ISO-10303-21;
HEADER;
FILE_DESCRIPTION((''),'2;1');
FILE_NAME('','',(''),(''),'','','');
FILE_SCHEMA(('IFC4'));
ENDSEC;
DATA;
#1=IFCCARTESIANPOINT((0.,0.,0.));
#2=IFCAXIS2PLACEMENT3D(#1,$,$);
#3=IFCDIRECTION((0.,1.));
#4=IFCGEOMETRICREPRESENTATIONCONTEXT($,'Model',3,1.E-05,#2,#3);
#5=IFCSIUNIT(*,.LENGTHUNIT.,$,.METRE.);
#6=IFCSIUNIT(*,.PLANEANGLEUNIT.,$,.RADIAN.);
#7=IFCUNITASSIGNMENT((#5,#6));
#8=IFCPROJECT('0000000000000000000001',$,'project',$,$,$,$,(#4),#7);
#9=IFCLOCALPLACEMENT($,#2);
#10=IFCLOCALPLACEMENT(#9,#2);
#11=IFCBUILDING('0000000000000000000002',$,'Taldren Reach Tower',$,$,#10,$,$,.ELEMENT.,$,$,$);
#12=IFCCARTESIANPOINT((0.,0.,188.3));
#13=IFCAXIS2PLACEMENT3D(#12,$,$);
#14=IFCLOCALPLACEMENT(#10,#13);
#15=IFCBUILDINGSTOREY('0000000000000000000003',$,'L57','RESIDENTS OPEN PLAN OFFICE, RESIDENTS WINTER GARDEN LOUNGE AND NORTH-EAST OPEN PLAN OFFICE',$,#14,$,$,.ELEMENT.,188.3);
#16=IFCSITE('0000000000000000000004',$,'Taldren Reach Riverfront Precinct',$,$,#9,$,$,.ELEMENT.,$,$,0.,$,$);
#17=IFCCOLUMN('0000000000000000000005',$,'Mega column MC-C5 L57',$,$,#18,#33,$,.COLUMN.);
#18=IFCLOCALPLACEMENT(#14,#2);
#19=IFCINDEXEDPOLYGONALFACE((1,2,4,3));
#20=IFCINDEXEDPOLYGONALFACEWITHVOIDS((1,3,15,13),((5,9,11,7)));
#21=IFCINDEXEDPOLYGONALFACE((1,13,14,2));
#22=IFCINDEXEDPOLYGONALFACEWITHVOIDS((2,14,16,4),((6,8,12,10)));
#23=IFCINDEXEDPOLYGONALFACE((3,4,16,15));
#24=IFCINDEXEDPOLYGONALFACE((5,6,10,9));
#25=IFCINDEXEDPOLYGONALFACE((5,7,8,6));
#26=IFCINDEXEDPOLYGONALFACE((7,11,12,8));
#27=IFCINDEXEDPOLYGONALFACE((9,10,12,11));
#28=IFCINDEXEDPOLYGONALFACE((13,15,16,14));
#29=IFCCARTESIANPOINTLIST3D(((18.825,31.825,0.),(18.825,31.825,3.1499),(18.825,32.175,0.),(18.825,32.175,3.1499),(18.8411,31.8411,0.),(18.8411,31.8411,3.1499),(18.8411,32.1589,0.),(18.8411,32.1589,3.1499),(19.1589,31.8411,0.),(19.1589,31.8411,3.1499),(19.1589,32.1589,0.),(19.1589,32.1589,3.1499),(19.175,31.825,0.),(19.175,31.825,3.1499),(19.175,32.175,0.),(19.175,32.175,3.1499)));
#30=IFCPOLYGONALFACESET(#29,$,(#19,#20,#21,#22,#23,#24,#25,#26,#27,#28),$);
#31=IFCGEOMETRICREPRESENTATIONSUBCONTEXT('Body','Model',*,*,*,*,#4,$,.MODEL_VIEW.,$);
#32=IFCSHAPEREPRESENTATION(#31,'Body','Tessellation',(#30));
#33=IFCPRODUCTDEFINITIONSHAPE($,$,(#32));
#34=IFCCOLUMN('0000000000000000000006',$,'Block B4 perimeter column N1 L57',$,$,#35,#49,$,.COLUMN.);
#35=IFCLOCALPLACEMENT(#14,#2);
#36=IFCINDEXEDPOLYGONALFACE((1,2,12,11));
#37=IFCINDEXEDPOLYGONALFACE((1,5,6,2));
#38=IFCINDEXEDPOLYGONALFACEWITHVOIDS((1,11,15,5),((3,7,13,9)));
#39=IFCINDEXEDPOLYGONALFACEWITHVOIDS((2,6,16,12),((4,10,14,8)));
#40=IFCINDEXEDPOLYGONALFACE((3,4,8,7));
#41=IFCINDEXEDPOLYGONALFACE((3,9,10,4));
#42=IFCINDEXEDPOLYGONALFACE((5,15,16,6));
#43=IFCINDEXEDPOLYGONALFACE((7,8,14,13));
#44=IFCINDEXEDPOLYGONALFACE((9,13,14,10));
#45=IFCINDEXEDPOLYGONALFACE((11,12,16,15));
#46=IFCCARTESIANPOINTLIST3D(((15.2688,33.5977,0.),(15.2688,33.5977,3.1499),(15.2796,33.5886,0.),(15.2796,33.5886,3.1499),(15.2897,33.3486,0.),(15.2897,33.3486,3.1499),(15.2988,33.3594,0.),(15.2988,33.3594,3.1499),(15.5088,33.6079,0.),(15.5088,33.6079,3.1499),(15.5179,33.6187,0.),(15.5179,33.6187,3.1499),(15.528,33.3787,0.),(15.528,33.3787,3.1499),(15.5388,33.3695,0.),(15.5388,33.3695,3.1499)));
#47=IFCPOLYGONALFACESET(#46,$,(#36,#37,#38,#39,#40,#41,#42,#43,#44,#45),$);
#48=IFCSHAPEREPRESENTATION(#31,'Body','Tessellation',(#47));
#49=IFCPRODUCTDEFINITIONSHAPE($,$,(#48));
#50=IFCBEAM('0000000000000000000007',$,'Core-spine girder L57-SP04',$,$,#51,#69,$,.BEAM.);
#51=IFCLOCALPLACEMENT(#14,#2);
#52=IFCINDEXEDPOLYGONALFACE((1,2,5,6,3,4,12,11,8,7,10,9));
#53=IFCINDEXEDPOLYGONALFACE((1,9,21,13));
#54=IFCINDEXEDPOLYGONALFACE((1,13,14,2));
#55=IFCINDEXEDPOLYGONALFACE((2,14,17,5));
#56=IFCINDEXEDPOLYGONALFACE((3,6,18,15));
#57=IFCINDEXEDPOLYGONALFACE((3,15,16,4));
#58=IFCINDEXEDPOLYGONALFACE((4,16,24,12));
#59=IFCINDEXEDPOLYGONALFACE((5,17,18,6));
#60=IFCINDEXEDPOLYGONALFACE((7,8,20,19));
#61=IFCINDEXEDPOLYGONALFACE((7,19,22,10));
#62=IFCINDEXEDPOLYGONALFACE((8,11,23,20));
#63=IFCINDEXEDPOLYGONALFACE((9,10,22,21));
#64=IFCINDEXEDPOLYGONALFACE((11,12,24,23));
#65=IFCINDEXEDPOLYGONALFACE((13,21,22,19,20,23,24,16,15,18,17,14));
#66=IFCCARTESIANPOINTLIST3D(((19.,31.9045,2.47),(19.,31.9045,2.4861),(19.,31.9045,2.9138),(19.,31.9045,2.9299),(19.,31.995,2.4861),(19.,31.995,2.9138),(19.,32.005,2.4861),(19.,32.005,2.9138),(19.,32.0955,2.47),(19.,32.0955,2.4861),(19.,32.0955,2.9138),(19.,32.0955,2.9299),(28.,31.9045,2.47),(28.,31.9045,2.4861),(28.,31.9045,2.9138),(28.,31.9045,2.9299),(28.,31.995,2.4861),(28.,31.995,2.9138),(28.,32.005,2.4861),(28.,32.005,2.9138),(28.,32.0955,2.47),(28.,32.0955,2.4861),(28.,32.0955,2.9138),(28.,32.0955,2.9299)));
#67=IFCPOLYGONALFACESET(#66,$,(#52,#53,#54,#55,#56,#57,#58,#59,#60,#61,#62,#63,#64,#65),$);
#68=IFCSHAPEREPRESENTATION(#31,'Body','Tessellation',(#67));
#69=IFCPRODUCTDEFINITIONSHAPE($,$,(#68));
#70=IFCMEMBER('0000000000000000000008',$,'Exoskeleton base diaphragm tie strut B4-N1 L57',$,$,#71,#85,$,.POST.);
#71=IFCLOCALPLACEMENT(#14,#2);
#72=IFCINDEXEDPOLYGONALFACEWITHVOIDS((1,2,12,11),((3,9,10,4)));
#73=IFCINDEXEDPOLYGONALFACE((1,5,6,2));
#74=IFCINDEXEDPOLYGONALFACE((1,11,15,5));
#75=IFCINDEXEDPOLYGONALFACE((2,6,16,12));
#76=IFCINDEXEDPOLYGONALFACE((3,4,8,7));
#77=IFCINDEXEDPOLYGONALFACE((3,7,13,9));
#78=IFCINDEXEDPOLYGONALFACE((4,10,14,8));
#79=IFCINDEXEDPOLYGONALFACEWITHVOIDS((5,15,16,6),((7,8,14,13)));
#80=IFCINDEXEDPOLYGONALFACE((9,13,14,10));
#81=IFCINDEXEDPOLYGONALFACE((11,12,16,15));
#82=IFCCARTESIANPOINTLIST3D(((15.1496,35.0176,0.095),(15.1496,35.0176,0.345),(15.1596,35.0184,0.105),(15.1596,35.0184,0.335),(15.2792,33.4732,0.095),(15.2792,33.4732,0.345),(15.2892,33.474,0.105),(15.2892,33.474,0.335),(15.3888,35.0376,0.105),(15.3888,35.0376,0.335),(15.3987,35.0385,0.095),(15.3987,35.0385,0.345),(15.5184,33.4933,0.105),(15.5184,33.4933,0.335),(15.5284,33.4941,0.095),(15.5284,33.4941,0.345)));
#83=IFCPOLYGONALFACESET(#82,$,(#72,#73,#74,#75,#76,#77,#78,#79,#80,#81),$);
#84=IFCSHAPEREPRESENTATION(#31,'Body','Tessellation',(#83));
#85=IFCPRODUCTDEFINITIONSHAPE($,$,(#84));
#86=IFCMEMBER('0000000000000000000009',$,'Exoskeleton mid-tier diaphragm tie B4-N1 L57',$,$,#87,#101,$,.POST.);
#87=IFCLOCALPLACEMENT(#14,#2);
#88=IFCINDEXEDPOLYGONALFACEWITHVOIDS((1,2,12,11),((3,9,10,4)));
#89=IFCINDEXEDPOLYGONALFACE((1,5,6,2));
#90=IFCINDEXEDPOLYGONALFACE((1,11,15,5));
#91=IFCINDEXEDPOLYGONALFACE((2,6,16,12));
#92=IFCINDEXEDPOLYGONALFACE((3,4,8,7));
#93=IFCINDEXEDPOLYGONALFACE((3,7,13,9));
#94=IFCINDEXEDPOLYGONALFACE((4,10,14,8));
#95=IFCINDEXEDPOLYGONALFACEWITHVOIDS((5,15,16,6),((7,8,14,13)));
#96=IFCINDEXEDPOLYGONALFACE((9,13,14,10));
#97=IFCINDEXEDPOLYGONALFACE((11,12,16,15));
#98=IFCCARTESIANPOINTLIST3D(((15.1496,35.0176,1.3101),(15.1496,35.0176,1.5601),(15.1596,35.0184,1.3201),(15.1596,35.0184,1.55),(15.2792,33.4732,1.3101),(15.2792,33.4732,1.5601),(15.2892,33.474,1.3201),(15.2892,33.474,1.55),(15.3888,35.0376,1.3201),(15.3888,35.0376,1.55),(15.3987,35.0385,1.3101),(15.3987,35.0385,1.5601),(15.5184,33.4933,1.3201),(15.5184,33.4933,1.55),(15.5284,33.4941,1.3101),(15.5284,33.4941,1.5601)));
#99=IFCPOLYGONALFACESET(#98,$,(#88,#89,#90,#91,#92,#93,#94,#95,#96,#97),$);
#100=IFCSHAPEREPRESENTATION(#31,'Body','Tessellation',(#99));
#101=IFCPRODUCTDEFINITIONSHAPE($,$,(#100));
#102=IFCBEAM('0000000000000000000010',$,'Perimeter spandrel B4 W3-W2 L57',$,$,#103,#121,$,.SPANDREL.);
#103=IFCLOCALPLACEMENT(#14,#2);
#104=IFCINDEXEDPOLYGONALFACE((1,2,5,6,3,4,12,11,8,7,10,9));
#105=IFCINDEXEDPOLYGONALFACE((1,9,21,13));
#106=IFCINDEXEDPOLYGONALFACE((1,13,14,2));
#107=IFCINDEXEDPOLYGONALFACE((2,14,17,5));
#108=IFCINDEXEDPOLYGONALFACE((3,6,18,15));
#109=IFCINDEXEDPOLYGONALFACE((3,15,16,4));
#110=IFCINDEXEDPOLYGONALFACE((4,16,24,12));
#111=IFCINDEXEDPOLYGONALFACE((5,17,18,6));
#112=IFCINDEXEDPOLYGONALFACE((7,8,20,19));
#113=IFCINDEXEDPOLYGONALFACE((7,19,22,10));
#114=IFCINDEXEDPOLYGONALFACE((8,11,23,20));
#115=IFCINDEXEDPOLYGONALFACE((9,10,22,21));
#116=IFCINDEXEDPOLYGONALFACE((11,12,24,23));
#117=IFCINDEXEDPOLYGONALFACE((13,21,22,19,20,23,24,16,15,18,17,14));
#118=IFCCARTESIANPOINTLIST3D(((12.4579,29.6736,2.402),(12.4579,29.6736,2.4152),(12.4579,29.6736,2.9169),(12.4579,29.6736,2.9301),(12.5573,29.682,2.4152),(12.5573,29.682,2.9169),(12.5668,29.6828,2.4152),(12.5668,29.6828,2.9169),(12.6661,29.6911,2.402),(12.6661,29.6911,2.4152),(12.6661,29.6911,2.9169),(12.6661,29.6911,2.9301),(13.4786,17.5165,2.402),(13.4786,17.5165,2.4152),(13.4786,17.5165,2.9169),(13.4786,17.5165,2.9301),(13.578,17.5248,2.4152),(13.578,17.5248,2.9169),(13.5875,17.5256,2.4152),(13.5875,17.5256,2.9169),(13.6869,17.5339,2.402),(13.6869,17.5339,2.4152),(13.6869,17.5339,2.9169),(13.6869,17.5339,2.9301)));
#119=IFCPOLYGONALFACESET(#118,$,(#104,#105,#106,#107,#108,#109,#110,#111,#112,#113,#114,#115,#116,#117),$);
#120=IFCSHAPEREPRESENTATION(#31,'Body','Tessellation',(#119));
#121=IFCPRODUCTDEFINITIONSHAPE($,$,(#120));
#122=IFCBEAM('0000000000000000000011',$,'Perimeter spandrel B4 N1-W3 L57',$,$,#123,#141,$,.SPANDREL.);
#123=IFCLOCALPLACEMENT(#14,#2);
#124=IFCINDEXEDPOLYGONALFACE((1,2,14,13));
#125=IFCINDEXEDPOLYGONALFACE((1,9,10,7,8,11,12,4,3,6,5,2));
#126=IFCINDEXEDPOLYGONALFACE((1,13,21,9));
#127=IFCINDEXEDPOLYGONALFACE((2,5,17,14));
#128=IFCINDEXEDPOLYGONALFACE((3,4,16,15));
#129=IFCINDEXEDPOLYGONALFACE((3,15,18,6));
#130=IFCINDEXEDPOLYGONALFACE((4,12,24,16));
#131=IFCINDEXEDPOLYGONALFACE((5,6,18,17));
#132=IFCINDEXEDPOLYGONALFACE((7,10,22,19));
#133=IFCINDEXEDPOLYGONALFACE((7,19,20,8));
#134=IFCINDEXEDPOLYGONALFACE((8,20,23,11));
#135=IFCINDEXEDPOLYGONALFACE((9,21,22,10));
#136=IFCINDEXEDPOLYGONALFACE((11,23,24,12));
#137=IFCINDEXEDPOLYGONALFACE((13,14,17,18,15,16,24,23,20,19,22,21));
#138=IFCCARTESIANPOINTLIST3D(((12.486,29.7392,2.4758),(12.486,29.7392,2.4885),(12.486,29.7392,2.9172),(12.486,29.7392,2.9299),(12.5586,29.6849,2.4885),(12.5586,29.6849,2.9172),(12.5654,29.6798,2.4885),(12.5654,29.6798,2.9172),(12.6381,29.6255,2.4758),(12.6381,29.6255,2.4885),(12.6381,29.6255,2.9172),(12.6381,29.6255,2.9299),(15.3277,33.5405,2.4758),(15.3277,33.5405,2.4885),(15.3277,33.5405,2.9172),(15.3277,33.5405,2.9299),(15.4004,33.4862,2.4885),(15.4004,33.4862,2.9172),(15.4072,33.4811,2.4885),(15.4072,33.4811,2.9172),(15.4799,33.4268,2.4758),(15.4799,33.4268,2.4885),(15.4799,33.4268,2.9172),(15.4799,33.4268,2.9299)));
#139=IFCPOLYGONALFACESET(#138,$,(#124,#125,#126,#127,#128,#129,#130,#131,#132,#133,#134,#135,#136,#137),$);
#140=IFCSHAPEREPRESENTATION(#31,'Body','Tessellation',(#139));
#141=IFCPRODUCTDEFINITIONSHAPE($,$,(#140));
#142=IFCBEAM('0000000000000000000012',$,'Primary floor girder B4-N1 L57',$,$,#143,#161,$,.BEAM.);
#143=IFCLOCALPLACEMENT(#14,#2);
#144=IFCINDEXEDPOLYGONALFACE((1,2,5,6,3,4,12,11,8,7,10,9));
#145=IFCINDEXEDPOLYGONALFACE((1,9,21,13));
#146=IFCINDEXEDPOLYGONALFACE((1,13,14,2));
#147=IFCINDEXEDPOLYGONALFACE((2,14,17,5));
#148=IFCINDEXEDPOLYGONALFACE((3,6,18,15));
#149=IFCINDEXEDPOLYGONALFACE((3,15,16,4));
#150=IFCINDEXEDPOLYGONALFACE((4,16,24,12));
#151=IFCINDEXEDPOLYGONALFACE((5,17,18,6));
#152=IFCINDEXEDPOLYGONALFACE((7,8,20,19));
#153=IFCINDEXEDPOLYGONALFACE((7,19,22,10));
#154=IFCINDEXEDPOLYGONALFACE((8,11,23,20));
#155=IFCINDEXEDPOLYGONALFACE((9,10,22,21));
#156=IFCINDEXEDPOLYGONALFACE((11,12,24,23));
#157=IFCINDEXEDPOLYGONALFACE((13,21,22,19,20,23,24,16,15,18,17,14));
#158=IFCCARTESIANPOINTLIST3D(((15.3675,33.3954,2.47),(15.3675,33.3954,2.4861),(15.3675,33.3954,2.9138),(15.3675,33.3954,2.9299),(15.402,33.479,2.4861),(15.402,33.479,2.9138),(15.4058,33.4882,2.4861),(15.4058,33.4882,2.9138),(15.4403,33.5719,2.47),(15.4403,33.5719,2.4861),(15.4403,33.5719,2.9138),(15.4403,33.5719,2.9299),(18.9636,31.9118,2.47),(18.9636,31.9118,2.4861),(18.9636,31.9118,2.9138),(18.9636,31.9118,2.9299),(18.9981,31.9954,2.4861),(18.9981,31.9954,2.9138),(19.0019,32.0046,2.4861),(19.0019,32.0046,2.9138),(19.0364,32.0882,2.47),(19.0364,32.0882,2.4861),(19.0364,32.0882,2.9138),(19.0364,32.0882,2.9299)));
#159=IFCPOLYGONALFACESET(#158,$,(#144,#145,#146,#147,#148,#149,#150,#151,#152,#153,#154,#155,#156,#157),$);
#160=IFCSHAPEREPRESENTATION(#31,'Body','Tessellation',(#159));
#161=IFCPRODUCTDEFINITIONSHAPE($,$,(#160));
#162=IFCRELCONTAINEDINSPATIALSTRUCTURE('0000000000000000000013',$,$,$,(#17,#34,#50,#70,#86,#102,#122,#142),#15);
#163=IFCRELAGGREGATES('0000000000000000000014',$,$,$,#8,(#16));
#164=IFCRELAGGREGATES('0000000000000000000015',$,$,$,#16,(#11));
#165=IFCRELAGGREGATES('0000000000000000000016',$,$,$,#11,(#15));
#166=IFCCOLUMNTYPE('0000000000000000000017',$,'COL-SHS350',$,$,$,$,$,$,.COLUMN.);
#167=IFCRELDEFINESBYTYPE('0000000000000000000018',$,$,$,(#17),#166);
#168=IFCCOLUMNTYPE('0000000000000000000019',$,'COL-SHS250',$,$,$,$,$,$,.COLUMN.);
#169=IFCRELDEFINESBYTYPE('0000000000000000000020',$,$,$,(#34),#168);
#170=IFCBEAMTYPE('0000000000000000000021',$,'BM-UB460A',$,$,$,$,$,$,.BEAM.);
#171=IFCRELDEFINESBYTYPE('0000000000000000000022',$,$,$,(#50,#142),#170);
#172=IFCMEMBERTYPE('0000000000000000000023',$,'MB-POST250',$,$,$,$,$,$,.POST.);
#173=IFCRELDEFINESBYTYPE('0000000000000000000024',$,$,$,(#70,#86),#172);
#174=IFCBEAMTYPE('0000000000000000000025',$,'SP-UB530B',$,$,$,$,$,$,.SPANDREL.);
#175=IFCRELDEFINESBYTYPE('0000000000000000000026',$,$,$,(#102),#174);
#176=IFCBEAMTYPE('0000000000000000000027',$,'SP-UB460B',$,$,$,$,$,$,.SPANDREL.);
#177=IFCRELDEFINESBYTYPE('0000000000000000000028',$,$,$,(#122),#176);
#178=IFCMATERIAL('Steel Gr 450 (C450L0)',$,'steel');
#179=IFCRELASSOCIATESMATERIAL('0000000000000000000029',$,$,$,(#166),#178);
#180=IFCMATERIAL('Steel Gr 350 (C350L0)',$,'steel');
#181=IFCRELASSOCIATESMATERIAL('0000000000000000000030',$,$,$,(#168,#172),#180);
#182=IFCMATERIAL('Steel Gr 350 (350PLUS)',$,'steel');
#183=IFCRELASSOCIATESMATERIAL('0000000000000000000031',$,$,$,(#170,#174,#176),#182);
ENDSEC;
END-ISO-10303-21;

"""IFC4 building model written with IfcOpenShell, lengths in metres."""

from ifc_helpers import new_model, si_unit, direction, frame, origin, origin_2d, place, context, subcontext, project, spatial, hollow_rectangle, i_section, extrude, source, transform, mapped, material, material_profile, profile_set, type_object, element, save


model = new_model("IFC4")

# Units and contexts
model_context = context("Model", 3, precision=1e-05, world=origin(), true_north=direction((0.0, 1.0)))
body_context = subcontext(model_context, "Body", "Model", "MODEL_VIEW")
ifc_project = project(units=[si_unit("LENGTHUNIT", "METRE"), si_unit("PLANEANGLEUNIT", "RADIAN")], contexts=[model_context])

# Site, building, storey
site_placement = place(None, origin())
site = spatial("IfcSite", under=ifc_project, at=site_placement, Name="Taldren Reach Riverfront Precinct", CompositionType="ELEMENT", RefElevation=0.0)
building_placement = place(site_placement, origin())
building = spatial("IfcBuilding", under=site, at=building_placement, Name="Taldren Reach Tower", CompositionType="ELEMENT")
storey_placement = place(building_placement, frame((0.0, 0.0, 188.3)))
storey = spatial("IfcBuildingStorey", under=building, at=storey_placement, Name="L57", Description="RESIDENTS OPEN PLAN OFFICE, RESIDENTS WINTER GARDEN LOUNGE AND NORTH-EAST OPEN PLAN OFFICE", CompositionType="ELEMENT", Elevation=188.3)

# Columns
ifc_material_1 = material(Name="Steel Gr 450 (C450L0)", Category="steel")
ifc_material_profile_1 = material_profile(ifc_material_1, hollow_rectangle(XDim=0.3501, YDim=0.3501, WallThickness=0.0161, at=origin_2d()), Name="350x350x16.0SHS")
ifc_profile_set_1 = profile_set([ifc_material_profile_1], Name="Steel Gr 450 (C450L0)")
column_type_1 = type_object("IfcColumnType", Name="COL-SHS350", PredefinedType="COLUMN", material=ifc_profile_set_1)
shared_shape_1 = source(origin(), body_context, "Body", "SweptSolid", [
    extrude(hollow_rectangle(XDim=0.3501, YDim=0.3501, WallThickness=0.0161, at=origin_2d()), origin(), (0.0, 0.0, 1.0), 3.1499),
])
column_1_placement = place(storey_placement, frame((19.0, 32.0, 0.0), z_axis=(0.0, 0.0, 1.0), x_axis=(1.0, 0.0, 0.0)))
element("IfcColumn", 1, at=column_1_placement, inside=storey, type_object=column_type_1, Name="Mega column MC-C5 L57", PredefinedType="COLUMN", context=body_context, shape_type="MappedRepresentation", body=[
    mapped(shared_shape_1, transform((0.0, 0.0, 0.0), scale=1.0)),
])
ifc_material_2 = material(Name="Steel Gr 350 (C350L0)", Category="steel")
ifc_material_profile_2 = material_profile(ifc_material_2, hollow_rectangle(XDim=0.25, YDim=0.25, WallThickness=0.01, at=origin_2d()), Name="250x250x10.0SHS")
ifc_profile_set_2 = profile_set([ifc_material_profile_2], Name="Steel Gr 350 (C350L0)")
column_type_2 = type_object("IfcColumnType", Name="COL-SHS250", PredefinedType="COLUMN", material=ifc_profile_set_2)
shared_shape_2 = source(origin(), body_context, "Body", "SweptSolid", [
    extrude(hollow_rectangle(XDim=0.25, YDim=0.25, WallThickness=0.01, at=origin_2d()), origin(), (0.0, 0.0, 1.0), 3.1499),
])
column_2_placement = place(storey_placement, frame((15.4038, 33.4836, 0.0), z_axis=(0.0, 0.0, 1.0), x_axis=(0.996493, 0.083678, 0.0)))
element("IfcColumn", 2, at=column_2_placement, inside=storey, type_object=column_type_2, Name="Block B4 perimeter column N1 L57", PredefinedType="COLUMN", context=body_context, shape_type="MappedRepresentation", body=[
    mapped(shared_shape_2, transform((0.0, 0.0, 0.0), scale=1.0)),
])

# Beam
ifc_material_3 = material(Name="Steel Gr 350 (350PLUS)", Category="steel")
ifc_material_profile_3 = material_profile(ifc_material_3, i_section(OverallWidth=0.1909, OverallDepth=0.46, WebThickness=0.01, FlangeThickness=0.0161, at=origin_2d()), Name="460UB82.1")
ifc_profile_set_3 = profile_set([ifc_material_profile_3], Name="Steel Gr 350 (350PLUS)")
beam_type_1 = type_object("IfcBeamType", Name="BM-UB460A", PredefinedType="BEAM", material=ifc_profile_set_3)
shared_shape_3 = source(origin(), body_context, "Body", "SweptSolid", [
    extrude(i_section(OverallWidth=0.1909, OverallDepth=0.46, WebThickness=0.01, FlangeThickness=0.0161, at=origin_2d()), origin(), (0.0, 0.0, 1.0), 9.0),
])
beam_1_placement = place(storey_placement, frame((19.0, 32.0, 2.7), z_axis=(1.0, 0.0, 0.0), x_axis=(0.0, 1.0, 0.0)))
element("IfcBeam", 3, at=beam_1_placement, inside=storey, type_object=beam_type_1, Name="Core-spine girder L57-SP04", PredefinedType="BEAM", context=body_context, shape_type="MappedRepresentation", body=[
    mapped(shared_shape_3, transform((0.0, 0.0, 0.0), scale=1.0)),
])

# Members
ifc_material_profile_4 = material_profile(ifc_material_2, hollow_rectangle(XDim=0.25, YDim=0.25, WallThickness=0.01, at=origin_2d()), Name="250x250x10.0SHS")
ifc_profile_set_4 = profile_set([ifc_material_profile_4], Name="Steel Gr 350 (C350L0)")
member_type_1 = type_object("IfcMemberType", Name="MB-POST250", PredefinedType="POST", material=ifc_profile_set_4)
shared_shape_4 = source(origin(), body_context, "Body", "SweptSolid", [
    extrude(hollow_rectangle(XDim=0.25, YDim=0.25, WallThickness=0.01, at=origin_2d()), origin(), (0.0, 0.0, 1.0), 1.5498),
])
for number, where, z_axis, x_axis, name in (
    (4, (15.4038, 33.4836, 0.22), (-0.083645, 0.996496, 0.0), (-0.996496, -0.083645, 0.0), "Exoskeleton base diaphragm tie strut B4-N1 L57"),
    (5, (15.4038, 33.4836, 1.4351), (-0.083645, 0.996496, 0.0), (-0.996496, -0.083645, 0.0), "Exoskeleton mid-tier diaphragm tie B4-N1 L57"),
):
    element("IfcMember", number, at=place(storey_placement, frame(where, z_axis=z_axis, x_axis=x_axis)), inside=storey, type_object=member_type_1, Name=name, PredefinedType="POST", context=body_context, shape_type="MappedRepresentation", body=[
        mapped(shared_shape_4, transform((0.0, 0.0, 0.0), scale=1.0)),
    ])

# Beams
ifc_material_profile_5 = material_profile(ifc_material_3, i_section(OverallWidth=0.209, OverallDepth=0.5281, WebThickness=0.0095, FlangeThickness=0.0132, at=origin_2d()), Name="530UB82.0")
ifc_profile_set_5 = profile_set([ifc_material_profile_5], Name="Steel Gr 350 (350PLUS)")
beam_type_2 = type_object("IfcBeamType", Name="SP-UB530B", PredefinedType="SPANDREL", material=ifc_profile_set_5)
shared_shape_5 = source(origin(), body_context, "Body", "SweptSolid", [
    extrude(i_section(OverallWidth=0.209, OverallDepth=0.5281, WebThickness=0.0095, FlangeThickness=0.0132, at=origin_2d()), origin(), (0.0, 0.0, 1.0), 12.2),
])
beam_2_placement = place(storey_placement, frame((12.562, 29.6824, 2.666), z_axis=(0.083668, -0.996494, 0.0), x_axis=(0.996494, 0.083668, 0.0)))
element("IfcBeam", 6, at=beam_2_placement, inside=storey, type_object=beam_type_2, Name="Perimeter spandrel B4 W3-W2 L57", PredefinedType="SPANDREL", context=body_context, shape_type="MappedRepresentation", body=[
    mapped(shared_shape_5, transform((0.0, 0.0, 0.0), scale=1.0)),
])
ifc_material_profile_6 = material_profile(ifc_material_3, i_section(OverallWidth=0.1899, OverallDepth=0.4541, WebThickness=0.0085, FlangeThickness=0.0127, at=origin_2d()), Name="460UB67.1")
ifc_profile_set_6 = profile_set([ifc_material_profile_6], Name="Steel Gr 350 (350PLUS)")
beam_type_3 = type_object("IfcBeamType", Name="SP-UB460B", PredefinedType="SPANDREL", material=ifc_profile_set_6)
shared_shape_6 = source(origin(), body_context, "Body", "SweptSolid", [
    extrude(i_section(OverallWidth=0.1899, OverallDepth=0.4541, WebThickness=0.0085, FlangeThickness=0.0127, at=origin_2d()), origin(), (0.0, 0.0, 1.0), 4.7461),
])
beam_3_placement = place(storey_placement, frame((15.4038, 33.4836, 2.7029), z_axis=(-0.598765, -0.800925, 0.0), x_axis=(0.800925, -0.598765, 0.0)))
element("IfcBeam", 7, at=beam_3_placement, inside=storey, type_object=beam_type_3, Name="Perimeter spandrel B4 N1-W3 L57", PredefinedType="SPANDREL", context=body_context, shape_type="MappedRepresentation", body=[
    mapped(shared_shape_6, transform((0.0, 0.0, 0.0), scale=1.0)),
])
shared_shape_7 = source(origin(), body_context, "Body", "SweptSolid", [
    extrude(i_section(OverallWidth=0.1909, OverallDepth=0.46, WebThickness=0.01, FlangeThickness=0.0161, at=origin_2d()), origin(), (0.0, 0.0, 1.0), 3.8901),
])
beam_4_placement = place(storey_placement, frame((19.0, 32.0, 2.7), z_axis=(-0.924419, 0.381378, 0.0), x_axis=(-0.381378, -0.924419, 0.0)))
element("IfcBeam", 8, at=beam_4_placement, inside=storey, type_object=beam_type_1, Name="Primary floor girder B4-N1 L57", PredefinedType="BEAM", context=body_context, shape_type="MappedRepresentation", body=[
    mapped(shared_shape_7, transform((0.0, 0.0, 0.0), scale=1.0)),
])

save(model, "model.ifc")
